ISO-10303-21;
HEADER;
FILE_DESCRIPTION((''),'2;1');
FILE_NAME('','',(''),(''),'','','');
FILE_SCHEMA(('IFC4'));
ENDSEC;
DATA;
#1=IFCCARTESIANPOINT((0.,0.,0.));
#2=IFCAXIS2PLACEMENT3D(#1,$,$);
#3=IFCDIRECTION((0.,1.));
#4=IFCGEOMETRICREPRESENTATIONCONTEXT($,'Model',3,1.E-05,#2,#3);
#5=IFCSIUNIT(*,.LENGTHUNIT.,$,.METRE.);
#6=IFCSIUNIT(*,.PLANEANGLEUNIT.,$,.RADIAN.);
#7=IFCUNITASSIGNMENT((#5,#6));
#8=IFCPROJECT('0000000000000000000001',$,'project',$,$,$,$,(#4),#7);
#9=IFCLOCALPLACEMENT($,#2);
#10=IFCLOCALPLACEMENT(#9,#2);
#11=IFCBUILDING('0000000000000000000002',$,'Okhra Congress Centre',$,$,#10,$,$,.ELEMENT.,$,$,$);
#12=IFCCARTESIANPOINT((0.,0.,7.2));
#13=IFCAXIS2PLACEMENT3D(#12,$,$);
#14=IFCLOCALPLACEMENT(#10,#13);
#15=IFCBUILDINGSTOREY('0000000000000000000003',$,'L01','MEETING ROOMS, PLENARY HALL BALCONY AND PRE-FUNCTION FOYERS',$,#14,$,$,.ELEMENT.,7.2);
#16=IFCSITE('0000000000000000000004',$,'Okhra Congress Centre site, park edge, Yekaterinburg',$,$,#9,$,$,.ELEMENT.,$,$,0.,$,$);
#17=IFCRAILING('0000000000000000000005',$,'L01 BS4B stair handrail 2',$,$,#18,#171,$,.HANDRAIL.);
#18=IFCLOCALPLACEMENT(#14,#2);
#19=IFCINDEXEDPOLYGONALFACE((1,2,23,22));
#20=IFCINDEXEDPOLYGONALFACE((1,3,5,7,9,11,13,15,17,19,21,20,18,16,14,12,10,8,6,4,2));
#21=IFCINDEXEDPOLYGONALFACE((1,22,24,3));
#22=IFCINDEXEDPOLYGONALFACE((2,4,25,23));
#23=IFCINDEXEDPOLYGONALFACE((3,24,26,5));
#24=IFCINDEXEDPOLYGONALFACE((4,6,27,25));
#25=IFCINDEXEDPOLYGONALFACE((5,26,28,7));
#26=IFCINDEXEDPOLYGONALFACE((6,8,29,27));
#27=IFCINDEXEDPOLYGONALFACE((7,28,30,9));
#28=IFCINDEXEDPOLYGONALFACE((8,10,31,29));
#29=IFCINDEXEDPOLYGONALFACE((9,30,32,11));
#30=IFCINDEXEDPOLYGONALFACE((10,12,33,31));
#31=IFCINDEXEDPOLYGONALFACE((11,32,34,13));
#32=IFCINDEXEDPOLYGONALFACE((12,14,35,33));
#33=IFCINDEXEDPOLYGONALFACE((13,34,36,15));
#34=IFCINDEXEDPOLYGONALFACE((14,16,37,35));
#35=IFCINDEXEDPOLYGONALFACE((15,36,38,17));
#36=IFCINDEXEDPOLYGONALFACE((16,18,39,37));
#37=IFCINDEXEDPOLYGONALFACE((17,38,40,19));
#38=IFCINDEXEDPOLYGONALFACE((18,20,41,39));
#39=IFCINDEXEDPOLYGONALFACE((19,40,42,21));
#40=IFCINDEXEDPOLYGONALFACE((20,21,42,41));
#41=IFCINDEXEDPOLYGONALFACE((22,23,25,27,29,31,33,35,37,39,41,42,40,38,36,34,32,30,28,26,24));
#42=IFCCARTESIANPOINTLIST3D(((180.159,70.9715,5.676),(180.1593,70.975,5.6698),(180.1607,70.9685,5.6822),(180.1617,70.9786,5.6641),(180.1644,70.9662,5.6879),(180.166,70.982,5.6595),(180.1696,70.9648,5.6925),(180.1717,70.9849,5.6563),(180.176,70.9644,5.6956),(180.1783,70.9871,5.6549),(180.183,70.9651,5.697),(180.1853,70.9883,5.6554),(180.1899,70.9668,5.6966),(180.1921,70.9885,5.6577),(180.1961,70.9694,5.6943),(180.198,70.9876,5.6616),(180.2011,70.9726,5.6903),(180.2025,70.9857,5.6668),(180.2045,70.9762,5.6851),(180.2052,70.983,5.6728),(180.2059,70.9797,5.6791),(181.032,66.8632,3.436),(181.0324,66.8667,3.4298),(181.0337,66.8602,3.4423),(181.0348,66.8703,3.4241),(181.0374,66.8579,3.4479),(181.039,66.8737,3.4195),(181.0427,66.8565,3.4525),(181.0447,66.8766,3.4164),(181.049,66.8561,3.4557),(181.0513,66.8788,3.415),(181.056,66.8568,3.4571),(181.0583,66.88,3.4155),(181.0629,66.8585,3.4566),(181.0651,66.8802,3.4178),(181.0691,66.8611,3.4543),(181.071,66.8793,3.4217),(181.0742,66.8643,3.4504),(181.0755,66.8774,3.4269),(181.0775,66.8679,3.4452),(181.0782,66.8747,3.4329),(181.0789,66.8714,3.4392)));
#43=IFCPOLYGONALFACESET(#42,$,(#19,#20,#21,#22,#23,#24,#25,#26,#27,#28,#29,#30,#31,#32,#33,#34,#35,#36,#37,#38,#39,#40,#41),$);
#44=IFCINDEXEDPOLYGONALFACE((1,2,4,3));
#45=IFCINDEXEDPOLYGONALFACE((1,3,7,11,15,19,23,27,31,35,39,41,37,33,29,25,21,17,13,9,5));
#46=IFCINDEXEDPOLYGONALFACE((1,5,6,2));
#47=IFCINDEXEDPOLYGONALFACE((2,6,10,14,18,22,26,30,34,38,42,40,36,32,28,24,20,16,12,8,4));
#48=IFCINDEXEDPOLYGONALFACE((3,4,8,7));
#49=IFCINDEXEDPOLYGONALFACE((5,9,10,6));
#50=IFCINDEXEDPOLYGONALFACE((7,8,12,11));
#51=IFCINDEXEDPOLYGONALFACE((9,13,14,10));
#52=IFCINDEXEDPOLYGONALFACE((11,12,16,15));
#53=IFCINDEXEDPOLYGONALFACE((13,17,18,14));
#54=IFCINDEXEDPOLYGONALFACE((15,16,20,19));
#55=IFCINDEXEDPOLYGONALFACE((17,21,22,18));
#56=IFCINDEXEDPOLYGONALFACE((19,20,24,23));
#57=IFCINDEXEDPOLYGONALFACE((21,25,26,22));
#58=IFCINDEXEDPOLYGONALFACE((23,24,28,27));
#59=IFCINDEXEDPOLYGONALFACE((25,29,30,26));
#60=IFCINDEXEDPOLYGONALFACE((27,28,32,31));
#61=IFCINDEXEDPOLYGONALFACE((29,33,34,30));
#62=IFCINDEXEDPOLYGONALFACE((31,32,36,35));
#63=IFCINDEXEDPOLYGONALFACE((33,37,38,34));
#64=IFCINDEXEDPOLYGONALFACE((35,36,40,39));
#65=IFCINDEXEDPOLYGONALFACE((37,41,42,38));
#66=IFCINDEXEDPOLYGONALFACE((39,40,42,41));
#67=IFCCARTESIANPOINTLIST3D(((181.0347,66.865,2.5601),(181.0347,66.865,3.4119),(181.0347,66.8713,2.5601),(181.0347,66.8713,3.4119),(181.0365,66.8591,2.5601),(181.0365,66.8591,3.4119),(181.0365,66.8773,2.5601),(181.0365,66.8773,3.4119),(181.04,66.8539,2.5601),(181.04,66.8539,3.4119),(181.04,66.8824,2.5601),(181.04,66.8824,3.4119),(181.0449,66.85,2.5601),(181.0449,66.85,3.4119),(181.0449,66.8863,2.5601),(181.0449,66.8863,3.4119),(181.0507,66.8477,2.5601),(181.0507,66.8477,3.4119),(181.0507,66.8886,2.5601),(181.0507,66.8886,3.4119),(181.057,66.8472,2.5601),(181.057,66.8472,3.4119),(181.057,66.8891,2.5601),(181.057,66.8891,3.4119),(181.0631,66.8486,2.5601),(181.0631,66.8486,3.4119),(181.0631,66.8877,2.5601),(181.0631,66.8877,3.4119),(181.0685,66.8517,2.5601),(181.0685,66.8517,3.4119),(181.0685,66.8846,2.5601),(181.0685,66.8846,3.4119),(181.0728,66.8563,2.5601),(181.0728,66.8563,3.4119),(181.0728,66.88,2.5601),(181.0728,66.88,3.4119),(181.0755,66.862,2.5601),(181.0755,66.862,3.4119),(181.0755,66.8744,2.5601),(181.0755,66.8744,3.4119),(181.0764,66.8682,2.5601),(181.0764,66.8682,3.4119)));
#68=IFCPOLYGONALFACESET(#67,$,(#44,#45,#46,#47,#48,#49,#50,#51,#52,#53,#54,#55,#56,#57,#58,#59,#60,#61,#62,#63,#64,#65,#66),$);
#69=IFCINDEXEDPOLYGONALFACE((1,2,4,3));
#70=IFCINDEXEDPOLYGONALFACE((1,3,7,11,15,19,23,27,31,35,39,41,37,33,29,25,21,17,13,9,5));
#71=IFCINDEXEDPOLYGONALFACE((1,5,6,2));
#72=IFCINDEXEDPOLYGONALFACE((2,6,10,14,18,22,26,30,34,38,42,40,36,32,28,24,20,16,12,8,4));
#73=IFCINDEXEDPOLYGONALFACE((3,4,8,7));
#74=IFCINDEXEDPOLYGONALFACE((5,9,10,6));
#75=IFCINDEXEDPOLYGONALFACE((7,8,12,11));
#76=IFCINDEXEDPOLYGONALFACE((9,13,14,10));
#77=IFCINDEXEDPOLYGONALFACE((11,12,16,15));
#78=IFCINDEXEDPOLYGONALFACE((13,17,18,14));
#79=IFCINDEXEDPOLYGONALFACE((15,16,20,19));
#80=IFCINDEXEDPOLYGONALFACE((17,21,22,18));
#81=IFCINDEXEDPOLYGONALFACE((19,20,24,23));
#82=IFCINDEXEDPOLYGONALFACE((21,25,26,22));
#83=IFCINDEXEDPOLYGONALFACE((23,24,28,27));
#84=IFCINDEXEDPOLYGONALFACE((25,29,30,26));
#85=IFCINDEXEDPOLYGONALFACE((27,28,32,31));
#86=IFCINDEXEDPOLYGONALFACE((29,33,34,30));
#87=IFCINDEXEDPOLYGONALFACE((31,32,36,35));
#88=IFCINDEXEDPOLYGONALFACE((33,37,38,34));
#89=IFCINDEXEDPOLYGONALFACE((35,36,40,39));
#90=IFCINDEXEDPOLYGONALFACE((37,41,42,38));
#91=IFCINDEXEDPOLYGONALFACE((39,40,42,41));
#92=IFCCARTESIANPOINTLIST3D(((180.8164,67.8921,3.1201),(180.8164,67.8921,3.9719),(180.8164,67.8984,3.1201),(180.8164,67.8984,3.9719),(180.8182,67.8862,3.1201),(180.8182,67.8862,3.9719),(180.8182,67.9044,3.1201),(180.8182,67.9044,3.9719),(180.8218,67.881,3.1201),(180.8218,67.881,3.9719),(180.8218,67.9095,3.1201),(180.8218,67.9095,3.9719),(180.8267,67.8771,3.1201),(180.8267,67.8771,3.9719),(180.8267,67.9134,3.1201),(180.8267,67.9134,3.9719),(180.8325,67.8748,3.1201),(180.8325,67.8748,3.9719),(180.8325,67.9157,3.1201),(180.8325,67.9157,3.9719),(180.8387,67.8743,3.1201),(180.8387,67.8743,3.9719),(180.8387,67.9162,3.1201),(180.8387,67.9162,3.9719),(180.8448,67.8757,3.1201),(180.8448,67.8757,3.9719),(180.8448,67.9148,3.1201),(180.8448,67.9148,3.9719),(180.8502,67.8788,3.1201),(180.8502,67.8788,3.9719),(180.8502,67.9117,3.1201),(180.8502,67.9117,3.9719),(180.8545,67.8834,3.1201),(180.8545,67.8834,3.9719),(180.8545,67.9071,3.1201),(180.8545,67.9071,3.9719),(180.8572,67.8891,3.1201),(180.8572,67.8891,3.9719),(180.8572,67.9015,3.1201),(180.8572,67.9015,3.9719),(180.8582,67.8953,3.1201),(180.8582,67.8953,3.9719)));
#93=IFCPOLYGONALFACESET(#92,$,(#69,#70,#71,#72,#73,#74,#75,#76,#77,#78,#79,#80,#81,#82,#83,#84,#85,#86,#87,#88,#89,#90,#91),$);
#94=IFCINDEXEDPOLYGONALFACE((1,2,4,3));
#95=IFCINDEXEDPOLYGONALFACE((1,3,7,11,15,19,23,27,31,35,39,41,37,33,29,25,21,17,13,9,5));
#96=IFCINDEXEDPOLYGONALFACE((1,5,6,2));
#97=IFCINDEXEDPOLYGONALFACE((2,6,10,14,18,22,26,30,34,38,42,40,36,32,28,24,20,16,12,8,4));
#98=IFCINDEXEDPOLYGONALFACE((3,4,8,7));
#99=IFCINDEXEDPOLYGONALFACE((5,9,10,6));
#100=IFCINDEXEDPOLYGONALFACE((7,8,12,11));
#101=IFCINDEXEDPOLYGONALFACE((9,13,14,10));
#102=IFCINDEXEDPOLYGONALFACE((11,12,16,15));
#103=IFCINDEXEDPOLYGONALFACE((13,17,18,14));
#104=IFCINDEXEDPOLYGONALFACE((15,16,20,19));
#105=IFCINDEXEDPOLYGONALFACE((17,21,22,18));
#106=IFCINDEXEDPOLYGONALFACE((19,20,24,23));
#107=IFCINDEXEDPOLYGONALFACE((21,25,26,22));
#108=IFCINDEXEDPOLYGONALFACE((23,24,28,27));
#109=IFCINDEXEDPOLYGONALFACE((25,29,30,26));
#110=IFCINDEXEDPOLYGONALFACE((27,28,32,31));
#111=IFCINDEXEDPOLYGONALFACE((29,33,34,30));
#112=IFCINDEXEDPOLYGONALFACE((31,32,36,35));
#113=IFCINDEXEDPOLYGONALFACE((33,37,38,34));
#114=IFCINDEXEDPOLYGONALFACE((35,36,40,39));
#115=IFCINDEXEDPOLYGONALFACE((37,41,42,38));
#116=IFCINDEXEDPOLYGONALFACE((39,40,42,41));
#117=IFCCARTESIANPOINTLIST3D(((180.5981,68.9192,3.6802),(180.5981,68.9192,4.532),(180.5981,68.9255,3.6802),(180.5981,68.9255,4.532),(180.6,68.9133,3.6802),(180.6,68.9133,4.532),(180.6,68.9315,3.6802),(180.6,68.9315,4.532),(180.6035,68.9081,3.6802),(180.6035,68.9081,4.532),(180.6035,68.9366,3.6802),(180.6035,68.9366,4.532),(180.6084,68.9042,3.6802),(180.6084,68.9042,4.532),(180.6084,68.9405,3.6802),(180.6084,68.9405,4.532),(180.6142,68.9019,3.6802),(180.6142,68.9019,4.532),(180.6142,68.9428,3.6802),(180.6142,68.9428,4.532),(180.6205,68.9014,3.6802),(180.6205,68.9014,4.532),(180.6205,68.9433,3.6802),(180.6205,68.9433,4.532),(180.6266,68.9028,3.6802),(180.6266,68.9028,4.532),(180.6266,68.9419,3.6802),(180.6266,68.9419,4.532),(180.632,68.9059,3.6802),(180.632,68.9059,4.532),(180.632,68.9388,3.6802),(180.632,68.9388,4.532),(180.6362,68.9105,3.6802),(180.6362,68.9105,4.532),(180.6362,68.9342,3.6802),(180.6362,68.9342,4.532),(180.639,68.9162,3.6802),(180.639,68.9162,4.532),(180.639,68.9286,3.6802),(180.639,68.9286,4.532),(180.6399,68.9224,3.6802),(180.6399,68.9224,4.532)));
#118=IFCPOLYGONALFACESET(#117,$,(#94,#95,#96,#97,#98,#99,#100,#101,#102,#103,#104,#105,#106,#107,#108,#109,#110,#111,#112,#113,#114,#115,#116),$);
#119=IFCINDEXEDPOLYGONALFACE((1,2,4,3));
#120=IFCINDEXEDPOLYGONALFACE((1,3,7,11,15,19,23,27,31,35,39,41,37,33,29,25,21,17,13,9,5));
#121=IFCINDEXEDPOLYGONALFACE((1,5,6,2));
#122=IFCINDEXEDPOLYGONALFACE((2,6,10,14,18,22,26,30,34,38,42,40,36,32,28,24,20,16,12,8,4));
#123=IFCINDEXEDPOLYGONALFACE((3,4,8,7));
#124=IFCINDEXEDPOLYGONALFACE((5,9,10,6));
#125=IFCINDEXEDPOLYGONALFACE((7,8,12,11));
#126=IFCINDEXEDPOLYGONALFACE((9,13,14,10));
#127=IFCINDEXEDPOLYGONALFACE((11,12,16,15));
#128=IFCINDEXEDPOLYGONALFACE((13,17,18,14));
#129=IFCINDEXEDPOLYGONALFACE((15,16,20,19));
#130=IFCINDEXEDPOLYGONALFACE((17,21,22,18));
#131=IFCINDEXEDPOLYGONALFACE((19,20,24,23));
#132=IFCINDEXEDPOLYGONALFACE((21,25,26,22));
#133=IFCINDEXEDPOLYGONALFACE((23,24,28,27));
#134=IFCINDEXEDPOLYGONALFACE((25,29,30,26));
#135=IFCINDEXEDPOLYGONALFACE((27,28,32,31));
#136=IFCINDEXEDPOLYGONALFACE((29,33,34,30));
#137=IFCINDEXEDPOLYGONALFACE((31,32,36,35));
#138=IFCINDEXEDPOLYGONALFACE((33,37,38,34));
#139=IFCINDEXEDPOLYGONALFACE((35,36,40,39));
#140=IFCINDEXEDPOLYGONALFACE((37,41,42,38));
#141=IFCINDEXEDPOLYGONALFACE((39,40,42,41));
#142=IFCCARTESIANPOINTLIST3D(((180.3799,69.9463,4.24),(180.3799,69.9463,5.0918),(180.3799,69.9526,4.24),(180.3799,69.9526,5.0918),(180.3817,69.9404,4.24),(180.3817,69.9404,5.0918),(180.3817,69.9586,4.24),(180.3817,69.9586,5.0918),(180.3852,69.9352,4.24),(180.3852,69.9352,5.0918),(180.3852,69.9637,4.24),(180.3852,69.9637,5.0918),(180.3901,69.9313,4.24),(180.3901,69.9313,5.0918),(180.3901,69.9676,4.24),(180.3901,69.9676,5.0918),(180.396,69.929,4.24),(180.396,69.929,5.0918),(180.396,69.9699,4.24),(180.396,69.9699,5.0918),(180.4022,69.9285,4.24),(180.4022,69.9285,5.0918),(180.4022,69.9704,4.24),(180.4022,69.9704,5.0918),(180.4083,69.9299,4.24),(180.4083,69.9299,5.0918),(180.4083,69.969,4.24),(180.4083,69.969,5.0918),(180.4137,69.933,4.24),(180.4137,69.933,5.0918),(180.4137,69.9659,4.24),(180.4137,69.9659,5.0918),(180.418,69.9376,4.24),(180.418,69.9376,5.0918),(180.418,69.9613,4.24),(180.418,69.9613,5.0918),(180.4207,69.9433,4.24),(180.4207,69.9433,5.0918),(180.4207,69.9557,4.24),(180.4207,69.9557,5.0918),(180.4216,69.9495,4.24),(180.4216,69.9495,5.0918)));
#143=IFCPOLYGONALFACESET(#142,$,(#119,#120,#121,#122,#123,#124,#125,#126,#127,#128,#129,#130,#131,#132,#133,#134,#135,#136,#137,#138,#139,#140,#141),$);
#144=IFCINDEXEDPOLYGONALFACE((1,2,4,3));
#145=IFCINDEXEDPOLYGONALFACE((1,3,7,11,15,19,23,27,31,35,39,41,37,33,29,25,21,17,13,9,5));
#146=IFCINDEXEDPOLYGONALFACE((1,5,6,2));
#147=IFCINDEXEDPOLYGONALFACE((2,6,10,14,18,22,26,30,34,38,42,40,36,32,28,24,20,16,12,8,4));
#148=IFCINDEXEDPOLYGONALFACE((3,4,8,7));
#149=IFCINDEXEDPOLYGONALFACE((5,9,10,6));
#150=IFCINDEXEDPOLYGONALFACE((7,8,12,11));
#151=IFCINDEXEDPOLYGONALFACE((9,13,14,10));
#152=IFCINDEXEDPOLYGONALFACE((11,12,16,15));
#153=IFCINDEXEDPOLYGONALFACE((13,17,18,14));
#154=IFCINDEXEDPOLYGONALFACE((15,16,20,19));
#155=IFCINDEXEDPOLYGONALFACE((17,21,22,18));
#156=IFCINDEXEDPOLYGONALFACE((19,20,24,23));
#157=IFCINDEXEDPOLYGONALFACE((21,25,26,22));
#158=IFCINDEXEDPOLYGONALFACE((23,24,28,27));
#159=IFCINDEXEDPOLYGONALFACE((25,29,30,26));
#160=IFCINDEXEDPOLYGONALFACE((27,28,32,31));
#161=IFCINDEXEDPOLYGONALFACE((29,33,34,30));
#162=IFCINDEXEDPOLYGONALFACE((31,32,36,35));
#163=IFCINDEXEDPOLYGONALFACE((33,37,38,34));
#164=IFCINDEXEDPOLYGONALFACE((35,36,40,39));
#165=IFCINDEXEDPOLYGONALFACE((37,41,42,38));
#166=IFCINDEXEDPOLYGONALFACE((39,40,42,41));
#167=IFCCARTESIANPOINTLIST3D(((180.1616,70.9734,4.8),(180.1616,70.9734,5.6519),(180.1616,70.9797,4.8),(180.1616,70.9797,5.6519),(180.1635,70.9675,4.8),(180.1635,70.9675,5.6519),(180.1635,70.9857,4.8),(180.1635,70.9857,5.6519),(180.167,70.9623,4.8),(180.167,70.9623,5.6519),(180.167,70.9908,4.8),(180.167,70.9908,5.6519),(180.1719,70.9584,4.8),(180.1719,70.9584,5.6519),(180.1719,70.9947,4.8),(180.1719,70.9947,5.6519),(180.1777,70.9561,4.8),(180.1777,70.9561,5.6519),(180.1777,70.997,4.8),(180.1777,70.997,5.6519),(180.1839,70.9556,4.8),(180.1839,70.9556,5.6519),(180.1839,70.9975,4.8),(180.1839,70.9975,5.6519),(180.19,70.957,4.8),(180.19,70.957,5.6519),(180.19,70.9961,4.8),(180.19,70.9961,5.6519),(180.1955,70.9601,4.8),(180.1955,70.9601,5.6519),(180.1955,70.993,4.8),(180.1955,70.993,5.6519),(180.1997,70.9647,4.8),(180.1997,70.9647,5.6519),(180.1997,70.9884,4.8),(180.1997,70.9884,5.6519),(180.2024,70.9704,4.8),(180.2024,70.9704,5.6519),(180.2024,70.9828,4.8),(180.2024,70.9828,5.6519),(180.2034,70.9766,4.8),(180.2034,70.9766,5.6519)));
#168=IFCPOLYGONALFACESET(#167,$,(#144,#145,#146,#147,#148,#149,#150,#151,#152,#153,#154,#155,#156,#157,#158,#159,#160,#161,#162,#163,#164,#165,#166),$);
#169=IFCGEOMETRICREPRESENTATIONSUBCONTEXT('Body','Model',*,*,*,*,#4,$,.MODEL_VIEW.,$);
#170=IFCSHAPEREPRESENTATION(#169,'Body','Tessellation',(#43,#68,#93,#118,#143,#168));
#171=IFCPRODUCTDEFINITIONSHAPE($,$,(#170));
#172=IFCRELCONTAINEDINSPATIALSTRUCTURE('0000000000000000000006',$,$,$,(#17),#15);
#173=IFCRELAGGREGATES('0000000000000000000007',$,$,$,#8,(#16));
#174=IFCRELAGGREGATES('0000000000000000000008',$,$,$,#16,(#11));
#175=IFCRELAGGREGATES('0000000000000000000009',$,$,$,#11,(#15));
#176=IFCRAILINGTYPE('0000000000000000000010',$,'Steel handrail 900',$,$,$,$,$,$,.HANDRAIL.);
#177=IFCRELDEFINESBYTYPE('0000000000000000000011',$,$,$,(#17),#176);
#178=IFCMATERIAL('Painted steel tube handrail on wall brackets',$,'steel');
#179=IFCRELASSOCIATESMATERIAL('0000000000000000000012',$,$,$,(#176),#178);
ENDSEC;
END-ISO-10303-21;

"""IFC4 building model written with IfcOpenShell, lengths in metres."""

from ifc_helpers import new_model, si_unit, direction, frame, origin, origin_2d, place, context, subcontext, project, spatial, circle, extrude, material, type_object, element, save


model = new_model("IFC4")

# Units and contexts
model_context = context("Model", 3, precision=1e-05, world=origin(), true_north=direction((0.0, 1.0)))
body_context = subcontext(model_context, "Body", "Model", "MODEL_VIEW")
ifc_project = project(units=[si_unit("LENGTHUNIT", "METRE"), si_unit("PLANEANGLEUNIT", "RADIAN")], contexts=[model_context])

# Site, building, storey
site_placement = place(None, origin())
site = spatial("IfcSite", under=ifc_project, at=site_placement, Name="Okhra Congress Centre site, park edge, Yekaterinburg", CompositionType="ELEMENT", RefElevation=0.0)
building_placement = place(site_placement, origin())
building = spatial("IfcBuilding", under=site, at=building_placement, Name="Okhra Congress Centre", CompositionType="ELEMENT")
storey_placement = place(building_placement, frame((0.0, 0.0, 7.2)))
storey = spatial("IfcBuildingStorey", under=building, at=storey_placement, Name="L01", Description="MEETING ROOMS, PLENARY HALL BALCONY AND PRE-FUNCTION FOYERS", CompositionType="ELEMENT", Elevation=7.2)

# Railing
ifc_material_1 = material(Name="Painted steel tube handrail on wall brackets", Category="steel")
railing_type_1 = type_object("IfcRailingType", Name="Steel handrail 900", PredefinedType="HANDRAIL", material=ifc_material_1)
railing_1_placement = place(storey_placement, frame((181.0554, 66.8682, 2.5601)))
element("IfcRailing", 1, at=railing_1_placement, inside=storey, type_object=railing_type_1, Name="L01 BS4B stair handrail 2", PredefinedType="HANDRAIL", context=body_context, shape_type="SweptSolid", body=[
    extrude(circle(Radius=0.0239, at=origin_2d()), frame((0.0, 0.0, 0.876), z_axis=(-0.183409, 0.863088, 0.470575), x_axis=(-0.978158, -0.207862, 0.0)), (0.0, 0.0, 1.0), 4.76),
    extrude(circle(Radius=0.021, at=origin_2d()), origin(), (0.0, 0.0, 1.0), 0.8518),
    extrude(circle(Radius=0.021, at=origin_2d()), frame((-0.2183, 1.0271, 0.5601)), (0.0, 0.0, 1.0), 0.8518),
    extrude(circle(Radius=0.021, at=origin_2d()), frame((-0.4365, 2.0542, 1.1201)), (0.0, 0.0, 1.0), 0.8518),
    extrude(circle(Radius=0.021, at=origin_2d()), frame((-0.6548, 3.0813, 1.6799)), (0.0, 0.0, 1.0), 0.8518),
    extrude(circle(Radius=0.021, at=origin_2d()), frame((-0.873, 4.1084, 2.24)), (0.0, 0.0, 1.0), 0.8518),
])

save(model, "model.ifc")
